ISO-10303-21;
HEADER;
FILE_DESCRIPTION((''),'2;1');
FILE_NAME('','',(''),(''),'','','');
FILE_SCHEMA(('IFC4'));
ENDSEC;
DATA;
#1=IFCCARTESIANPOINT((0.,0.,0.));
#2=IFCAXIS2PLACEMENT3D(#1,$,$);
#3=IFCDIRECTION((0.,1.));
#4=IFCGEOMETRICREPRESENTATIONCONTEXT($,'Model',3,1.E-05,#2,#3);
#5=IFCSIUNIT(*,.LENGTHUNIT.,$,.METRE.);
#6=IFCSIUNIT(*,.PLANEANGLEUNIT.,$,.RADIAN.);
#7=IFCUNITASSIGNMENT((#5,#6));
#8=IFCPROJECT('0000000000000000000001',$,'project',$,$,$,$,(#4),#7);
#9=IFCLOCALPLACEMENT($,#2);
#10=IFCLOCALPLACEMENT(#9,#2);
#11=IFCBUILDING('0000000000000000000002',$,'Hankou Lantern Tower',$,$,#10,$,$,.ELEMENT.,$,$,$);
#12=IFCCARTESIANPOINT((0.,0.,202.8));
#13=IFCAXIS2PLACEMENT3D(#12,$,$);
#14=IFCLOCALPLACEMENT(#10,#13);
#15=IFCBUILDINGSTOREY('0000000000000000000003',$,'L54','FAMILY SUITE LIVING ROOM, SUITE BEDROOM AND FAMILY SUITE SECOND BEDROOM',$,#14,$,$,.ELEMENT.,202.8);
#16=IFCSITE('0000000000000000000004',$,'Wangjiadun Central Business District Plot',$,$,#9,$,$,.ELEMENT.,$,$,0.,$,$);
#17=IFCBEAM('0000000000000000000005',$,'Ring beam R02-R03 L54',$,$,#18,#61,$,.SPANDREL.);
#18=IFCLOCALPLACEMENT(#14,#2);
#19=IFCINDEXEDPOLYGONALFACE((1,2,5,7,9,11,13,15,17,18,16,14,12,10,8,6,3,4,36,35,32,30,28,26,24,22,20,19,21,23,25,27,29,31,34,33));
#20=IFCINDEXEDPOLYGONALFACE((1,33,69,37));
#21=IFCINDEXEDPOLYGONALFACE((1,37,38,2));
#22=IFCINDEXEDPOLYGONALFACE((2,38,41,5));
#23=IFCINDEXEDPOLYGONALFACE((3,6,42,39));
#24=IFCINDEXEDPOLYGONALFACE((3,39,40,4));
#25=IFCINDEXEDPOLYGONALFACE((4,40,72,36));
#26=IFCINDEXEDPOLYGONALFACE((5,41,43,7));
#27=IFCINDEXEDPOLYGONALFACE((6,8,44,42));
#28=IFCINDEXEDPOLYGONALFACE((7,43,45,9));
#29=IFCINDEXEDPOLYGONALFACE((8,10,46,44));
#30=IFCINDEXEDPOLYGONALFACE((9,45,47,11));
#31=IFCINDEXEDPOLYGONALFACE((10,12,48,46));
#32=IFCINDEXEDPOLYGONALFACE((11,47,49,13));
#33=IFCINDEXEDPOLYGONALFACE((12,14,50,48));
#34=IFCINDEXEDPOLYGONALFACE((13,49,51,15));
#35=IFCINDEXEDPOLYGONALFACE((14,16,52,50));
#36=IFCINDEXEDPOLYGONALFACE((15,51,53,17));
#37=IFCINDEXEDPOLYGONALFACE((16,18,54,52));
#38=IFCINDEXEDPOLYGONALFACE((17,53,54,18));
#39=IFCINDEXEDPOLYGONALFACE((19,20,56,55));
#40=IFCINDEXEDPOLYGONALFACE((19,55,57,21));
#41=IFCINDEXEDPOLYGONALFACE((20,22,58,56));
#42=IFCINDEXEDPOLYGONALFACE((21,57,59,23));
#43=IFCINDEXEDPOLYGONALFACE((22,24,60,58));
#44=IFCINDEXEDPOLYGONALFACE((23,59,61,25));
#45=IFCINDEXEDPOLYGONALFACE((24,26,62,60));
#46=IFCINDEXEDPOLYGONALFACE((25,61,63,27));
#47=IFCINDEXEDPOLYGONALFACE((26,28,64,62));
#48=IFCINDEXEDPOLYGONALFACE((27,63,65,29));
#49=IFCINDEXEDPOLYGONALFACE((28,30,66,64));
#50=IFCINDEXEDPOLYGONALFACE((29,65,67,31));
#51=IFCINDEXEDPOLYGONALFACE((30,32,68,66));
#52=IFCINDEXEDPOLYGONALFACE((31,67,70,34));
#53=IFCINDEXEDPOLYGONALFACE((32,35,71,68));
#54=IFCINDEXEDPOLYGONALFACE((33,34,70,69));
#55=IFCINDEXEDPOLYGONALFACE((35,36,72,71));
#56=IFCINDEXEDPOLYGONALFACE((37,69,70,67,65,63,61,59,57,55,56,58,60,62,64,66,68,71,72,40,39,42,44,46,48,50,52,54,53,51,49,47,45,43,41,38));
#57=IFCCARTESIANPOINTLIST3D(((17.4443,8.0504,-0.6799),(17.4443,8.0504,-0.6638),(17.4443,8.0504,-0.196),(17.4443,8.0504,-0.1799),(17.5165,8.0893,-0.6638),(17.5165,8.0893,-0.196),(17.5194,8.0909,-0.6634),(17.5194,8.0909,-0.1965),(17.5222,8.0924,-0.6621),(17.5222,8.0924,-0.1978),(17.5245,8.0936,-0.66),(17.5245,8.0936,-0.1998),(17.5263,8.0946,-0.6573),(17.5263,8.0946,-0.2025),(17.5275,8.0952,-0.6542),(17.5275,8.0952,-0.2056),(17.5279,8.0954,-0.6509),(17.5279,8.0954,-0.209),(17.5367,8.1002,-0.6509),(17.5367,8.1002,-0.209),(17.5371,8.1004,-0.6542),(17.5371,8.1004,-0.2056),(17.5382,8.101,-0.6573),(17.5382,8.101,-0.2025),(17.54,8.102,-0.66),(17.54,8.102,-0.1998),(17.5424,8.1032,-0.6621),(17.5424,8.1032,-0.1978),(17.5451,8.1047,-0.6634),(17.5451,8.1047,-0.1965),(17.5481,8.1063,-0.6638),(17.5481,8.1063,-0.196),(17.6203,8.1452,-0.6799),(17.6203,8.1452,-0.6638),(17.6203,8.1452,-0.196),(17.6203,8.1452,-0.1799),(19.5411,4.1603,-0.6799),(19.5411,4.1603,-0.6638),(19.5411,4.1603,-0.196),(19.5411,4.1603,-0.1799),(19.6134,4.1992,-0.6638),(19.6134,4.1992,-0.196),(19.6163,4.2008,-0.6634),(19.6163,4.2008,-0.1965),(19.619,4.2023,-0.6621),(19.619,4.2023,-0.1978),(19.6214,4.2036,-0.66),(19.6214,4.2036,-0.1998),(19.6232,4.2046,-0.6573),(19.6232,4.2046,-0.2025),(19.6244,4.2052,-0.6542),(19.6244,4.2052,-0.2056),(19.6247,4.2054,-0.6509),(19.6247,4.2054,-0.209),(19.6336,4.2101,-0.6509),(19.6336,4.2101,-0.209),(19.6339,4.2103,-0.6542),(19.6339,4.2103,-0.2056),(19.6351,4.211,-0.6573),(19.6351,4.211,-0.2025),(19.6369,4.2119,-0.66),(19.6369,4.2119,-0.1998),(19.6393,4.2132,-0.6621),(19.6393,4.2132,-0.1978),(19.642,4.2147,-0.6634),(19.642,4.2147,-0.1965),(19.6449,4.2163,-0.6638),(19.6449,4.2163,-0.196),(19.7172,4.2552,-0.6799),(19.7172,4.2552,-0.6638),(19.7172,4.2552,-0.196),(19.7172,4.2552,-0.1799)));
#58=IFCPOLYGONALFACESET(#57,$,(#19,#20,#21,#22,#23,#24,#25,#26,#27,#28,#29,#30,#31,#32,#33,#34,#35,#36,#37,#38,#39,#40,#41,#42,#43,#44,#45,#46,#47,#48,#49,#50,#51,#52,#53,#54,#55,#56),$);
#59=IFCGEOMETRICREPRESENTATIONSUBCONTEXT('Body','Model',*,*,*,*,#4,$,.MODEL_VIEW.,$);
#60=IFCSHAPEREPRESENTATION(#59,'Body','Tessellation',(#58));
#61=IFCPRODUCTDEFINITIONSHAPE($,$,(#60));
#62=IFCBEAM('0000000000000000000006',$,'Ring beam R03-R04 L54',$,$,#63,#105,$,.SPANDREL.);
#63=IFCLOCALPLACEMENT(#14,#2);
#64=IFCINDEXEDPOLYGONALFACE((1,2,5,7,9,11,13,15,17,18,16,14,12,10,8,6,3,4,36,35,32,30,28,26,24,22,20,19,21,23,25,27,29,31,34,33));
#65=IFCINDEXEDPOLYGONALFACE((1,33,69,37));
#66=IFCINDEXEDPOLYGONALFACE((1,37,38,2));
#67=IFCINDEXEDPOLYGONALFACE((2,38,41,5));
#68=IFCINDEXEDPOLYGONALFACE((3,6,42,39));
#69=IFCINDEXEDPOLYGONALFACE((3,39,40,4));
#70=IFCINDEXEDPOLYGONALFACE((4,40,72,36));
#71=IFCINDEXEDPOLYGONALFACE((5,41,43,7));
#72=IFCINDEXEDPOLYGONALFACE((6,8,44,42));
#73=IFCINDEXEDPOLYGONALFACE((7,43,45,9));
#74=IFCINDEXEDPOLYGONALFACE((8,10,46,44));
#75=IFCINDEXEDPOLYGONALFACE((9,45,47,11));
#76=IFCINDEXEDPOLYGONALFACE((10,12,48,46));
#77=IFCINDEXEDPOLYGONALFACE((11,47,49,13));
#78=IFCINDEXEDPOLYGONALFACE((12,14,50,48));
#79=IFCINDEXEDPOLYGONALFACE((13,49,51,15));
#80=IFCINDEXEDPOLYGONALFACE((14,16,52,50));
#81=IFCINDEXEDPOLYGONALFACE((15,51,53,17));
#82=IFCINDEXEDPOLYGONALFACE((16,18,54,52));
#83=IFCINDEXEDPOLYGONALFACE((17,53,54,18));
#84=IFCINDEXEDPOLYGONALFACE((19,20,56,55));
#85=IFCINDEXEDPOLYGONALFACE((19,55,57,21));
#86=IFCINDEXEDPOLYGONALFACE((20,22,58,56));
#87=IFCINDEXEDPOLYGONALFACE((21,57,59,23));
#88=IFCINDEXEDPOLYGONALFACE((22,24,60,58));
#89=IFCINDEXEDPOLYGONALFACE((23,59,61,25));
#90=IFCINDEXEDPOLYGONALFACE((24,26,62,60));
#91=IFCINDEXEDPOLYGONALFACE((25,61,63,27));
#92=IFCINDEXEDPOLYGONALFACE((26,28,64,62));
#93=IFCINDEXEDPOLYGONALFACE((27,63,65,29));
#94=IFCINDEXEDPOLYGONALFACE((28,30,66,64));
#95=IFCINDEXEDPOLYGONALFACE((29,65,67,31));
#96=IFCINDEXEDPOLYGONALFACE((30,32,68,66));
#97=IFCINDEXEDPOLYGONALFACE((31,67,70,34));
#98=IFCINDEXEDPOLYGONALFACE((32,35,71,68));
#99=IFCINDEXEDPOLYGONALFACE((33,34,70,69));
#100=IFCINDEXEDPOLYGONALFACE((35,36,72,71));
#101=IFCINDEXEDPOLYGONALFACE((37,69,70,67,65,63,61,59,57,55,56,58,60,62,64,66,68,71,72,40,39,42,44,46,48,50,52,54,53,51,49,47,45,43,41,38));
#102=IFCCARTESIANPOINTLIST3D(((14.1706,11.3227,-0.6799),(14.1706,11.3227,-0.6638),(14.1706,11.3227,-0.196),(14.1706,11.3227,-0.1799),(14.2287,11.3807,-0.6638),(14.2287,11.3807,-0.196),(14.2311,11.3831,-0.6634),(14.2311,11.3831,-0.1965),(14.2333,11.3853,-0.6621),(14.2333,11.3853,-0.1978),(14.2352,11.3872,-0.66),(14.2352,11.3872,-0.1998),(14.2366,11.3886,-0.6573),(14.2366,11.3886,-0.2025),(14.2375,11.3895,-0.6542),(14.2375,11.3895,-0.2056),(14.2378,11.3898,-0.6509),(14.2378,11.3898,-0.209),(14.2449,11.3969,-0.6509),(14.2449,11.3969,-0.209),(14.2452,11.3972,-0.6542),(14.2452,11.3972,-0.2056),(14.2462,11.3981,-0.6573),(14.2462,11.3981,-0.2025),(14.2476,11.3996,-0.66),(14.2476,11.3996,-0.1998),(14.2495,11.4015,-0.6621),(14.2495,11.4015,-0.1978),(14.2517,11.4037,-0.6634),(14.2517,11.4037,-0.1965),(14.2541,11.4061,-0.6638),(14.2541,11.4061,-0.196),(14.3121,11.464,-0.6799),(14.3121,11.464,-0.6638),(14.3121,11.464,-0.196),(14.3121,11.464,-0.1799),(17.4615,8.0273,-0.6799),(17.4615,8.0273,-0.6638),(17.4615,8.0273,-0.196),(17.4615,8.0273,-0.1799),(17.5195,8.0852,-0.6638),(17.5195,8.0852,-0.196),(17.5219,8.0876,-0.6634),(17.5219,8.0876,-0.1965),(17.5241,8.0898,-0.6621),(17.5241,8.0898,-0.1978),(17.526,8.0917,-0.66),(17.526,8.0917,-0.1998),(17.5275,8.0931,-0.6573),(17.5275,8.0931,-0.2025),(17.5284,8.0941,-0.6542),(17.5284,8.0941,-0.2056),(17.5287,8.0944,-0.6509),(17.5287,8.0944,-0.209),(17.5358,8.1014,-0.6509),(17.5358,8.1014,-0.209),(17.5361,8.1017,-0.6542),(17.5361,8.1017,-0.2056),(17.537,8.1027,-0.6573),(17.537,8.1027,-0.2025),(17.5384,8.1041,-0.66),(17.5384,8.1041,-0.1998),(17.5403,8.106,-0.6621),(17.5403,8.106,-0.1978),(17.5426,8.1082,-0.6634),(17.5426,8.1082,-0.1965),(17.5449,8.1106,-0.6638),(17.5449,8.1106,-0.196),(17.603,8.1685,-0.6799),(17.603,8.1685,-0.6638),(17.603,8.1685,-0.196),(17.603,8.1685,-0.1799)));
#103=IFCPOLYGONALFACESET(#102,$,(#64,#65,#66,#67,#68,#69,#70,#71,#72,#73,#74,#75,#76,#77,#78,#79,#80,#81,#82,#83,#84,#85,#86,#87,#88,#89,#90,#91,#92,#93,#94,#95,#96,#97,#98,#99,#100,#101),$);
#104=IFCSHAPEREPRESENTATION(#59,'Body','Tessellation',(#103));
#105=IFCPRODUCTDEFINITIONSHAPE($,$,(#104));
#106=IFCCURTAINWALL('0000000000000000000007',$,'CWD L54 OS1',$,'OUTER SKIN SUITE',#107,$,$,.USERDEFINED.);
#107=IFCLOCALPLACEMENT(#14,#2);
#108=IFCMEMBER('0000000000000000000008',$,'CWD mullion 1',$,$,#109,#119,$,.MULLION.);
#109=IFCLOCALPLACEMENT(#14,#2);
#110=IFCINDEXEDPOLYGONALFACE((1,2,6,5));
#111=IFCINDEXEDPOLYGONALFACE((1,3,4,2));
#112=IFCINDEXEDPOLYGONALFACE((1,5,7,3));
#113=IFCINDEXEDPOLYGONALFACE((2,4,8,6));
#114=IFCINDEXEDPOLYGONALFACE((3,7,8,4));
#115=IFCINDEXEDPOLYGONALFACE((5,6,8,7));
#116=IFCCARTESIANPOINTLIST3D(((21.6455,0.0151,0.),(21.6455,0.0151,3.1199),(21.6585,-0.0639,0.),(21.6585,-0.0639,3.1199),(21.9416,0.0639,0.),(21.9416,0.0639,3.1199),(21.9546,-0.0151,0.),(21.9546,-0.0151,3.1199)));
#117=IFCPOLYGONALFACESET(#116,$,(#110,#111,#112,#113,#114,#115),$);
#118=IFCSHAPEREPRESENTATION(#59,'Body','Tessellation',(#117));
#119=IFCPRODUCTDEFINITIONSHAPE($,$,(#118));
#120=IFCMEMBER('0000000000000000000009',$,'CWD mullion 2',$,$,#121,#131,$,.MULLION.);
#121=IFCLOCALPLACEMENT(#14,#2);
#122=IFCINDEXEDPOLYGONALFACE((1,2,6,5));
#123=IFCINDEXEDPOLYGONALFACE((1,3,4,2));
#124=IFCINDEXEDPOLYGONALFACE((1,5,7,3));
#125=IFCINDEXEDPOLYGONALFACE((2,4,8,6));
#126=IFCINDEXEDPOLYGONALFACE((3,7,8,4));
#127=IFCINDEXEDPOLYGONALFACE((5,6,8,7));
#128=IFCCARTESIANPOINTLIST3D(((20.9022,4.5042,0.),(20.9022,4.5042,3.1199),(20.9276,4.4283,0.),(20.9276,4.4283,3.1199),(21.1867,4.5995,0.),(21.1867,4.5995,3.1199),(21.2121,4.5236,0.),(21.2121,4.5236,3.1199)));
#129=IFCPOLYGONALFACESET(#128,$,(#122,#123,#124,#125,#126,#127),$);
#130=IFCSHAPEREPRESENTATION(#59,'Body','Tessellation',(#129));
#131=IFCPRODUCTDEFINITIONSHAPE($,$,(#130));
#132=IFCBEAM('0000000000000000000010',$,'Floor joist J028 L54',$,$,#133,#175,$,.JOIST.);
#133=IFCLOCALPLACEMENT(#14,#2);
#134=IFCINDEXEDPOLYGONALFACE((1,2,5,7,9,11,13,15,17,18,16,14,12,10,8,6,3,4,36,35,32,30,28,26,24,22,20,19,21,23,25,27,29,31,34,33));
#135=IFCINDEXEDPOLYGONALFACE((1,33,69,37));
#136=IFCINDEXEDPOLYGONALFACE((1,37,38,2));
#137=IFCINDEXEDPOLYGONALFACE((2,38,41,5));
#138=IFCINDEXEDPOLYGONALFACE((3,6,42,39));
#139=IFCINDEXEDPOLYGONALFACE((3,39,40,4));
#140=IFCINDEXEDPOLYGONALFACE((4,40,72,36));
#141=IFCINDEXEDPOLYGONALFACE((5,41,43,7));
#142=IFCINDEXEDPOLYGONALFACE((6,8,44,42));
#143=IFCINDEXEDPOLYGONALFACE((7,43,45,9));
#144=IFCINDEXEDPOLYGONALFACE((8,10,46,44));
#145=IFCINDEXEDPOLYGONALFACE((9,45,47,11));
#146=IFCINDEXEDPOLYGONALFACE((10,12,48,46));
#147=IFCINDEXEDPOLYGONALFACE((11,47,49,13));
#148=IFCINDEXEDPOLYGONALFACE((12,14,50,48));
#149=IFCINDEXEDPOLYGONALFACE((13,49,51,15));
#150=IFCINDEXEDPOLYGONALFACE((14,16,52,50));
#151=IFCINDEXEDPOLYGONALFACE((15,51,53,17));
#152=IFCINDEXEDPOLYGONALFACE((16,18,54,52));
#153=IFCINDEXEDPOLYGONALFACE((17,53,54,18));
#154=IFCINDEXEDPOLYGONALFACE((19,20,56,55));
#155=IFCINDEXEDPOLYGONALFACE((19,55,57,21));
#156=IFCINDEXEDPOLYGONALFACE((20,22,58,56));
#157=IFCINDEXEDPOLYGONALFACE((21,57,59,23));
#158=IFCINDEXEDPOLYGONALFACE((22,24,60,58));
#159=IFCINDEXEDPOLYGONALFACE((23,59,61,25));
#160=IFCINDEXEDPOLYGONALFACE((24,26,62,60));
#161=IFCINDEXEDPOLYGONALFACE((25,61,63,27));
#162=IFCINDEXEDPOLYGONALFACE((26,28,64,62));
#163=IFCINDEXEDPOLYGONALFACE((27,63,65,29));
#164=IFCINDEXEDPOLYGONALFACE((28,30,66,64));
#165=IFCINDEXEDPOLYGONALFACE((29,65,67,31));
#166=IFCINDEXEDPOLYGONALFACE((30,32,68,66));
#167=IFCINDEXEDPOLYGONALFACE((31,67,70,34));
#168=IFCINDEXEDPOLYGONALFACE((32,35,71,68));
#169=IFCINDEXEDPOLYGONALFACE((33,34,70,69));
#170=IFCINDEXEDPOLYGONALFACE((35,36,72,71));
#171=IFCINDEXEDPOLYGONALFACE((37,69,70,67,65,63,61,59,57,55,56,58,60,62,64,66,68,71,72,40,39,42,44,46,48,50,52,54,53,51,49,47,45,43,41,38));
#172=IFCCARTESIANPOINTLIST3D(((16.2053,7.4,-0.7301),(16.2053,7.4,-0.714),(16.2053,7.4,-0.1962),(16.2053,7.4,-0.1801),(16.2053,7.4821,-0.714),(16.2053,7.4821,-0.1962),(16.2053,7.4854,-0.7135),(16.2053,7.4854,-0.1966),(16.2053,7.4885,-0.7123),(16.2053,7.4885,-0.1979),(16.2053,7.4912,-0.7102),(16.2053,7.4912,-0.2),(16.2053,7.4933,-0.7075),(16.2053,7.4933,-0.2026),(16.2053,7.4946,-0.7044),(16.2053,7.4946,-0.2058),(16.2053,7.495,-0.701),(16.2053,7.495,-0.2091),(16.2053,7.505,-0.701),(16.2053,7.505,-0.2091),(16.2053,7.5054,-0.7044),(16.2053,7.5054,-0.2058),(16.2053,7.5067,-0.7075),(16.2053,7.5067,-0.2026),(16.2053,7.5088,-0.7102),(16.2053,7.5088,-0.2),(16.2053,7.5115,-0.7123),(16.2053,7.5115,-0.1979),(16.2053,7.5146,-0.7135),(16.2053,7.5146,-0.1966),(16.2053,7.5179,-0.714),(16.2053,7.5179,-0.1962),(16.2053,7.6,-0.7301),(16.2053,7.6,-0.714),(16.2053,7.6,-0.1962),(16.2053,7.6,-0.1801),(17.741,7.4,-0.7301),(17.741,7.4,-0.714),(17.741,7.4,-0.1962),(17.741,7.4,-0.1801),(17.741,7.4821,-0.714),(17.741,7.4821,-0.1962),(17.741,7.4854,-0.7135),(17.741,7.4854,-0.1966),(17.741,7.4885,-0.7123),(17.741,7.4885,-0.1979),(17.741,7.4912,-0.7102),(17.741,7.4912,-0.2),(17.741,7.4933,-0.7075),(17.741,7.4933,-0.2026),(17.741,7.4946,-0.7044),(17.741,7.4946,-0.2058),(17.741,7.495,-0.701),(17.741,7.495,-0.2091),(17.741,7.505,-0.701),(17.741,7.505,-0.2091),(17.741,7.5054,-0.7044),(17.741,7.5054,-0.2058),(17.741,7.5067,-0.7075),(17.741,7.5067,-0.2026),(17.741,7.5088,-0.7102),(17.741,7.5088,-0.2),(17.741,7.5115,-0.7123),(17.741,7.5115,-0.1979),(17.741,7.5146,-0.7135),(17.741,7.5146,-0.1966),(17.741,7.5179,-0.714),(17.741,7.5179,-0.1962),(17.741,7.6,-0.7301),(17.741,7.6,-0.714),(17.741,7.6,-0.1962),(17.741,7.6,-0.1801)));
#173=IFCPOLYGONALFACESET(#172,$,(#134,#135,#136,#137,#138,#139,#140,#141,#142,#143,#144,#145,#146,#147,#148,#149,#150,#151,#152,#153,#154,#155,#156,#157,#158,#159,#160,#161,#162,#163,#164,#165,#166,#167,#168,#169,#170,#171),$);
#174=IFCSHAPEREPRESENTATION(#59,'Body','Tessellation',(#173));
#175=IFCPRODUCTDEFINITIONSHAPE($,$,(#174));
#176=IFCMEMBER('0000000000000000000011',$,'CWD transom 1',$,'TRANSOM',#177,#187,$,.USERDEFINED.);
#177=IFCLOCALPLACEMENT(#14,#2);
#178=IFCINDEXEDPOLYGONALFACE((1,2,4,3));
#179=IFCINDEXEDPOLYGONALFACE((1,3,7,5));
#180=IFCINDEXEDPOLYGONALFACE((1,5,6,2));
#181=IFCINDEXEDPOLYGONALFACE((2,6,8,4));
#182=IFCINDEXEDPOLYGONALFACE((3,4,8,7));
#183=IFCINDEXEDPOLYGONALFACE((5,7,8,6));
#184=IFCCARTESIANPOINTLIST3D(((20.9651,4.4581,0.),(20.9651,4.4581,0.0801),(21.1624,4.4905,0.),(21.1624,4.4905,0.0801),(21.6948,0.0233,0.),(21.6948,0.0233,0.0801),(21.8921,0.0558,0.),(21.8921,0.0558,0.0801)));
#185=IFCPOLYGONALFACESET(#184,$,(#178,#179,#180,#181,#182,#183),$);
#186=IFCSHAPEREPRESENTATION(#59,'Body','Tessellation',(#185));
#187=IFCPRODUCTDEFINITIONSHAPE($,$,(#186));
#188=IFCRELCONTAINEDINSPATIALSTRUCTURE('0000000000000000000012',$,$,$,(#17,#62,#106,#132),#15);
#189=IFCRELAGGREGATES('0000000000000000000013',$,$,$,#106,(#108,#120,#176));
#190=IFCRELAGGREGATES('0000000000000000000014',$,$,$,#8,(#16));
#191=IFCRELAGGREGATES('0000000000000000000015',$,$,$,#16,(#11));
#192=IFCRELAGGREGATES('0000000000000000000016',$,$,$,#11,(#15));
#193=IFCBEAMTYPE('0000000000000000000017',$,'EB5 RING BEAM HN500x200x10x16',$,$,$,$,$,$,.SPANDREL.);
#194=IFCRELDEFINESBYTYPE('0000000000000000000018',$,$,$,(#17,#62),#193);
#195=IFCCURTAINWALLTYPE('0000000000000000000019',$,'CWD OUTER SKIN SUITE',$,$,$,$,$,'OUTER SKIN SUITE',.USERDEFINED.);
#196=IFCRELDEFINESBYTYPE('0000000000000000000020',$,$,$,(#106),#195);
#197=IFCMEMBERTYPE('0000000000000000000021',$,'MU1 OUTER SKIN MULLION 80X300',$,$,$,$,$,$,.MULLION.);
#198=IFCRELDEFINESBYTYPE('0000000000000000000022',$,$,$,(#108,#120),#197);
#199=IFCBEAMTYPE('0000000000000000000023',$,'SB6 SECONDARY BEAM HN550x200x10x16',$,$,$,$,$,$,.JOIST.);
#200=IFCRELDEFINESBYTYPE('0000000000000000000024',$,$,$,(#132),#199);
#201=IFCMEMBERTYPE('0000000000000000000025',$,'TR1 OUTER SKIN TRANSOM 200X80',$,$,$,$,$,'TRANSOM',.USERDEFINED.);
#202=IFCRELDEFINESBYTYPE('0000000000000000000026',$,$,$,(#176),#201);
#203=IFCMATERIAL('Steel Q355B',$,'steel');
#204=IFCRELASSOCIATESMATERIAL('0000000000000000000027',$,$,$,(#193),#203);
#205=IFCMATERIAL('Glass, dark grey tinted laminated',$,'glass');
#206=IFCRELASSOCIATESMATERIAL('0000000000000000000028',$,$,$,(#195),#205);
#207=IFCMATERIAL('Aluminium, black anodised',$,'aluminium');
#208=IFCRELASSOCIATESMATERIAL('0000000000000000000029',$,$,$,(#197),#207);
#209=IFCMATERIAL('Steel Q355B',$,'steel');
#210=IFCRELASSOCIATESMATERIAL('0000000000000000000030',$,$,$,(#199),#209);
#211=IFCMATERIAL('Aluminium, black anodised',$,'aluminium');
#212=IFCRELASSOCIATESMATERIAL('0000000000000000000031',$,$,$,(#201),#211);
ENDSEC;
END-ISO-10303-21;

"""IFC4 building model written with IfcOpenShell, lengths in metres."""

from ifc_helpers import new_model, si_unit, direction, frame, origin, origin_2d, place, context, subcontext, project, spatial, rectangle, i_section, extrude, material, material_profile, profile_set, type_object, element, aggregate, save


model = new_model("IFC4")

# Units and contexts
model_context = context("Model", 3, precision=1e-05, world=origin(), true_north=direction((0.0, 1.0)))
body_context = subcontext(model_context, "Body", "Model", "MODEL_VIEW")
ifc_project = project(units=[si_unit("LENGTHUNIT", "METRE"), si_unit("PLANEANGLEUNIT", "RADIAN")], contexts=[model_context])

# Site, building, storey
site_placement = place(None, origin())
site = spatial("IfcSite", under=ifc_project, at=site_placement, Name="Wangjiadun Central Business District Plot", CompositionType="ELEMENT", RefElevation=0.0)
building_placement = place(site_placement, origin())
building = spatial("IfcBuilding", under=site, at=building_placement, Name="Hankou Lantern Tower", CompositionType="ELEMENT")
storey_placement = place(building_placement, frame((0.0, 0.0, 202.8)))
storey = spatial("IfcBuildingStorey", under=building, at=storey_placement, Name="L54", Description="FAMILY SUITE LIVING ROOM, SUITE BEDROOM AND FAMILY SUITE SECOND BEDROOM", CompositionType="ELEMENT", Elevation=202.8)

# Beams
ifc_material_1 = material(Name="Steel Q355B", Category="steel")
ifc_material_profile_1 = material_profile(ifc_material_1, i_section(OverallWidth=0.2, OverallDepth=0.5, WebThickness=0.01, FlangeThickness=0.0161, FilletRadius=0.0129, at=origin_2d()), Name="HN500x200x10x16")
ifc_profile_set_1 = profile_set([ifc_material_profile_1], Name="Steel Q355B")
beam_type_1 = type_object("IfcBeamType", Name="EB5 RING BEAM HN500x200x10x16", PredefinedType="SPANDREL", material=ifc_profile_set_1)
beam_1_placement = place(storey_placement, frame((19.6292, 4.2078, -0.4299), z_axis=(-0.474492, 0.88026, 0.0), x_axis=(-0.88026, -0.474492, 0.0)))
element("IfcBeam", 1, at=beam_1_placement, inside=storey, type_object=beam_type_1, Name="Ring beam R02-R03 L54", PredefinedType="SPANDREL", context=body_context, shape_type="SweptSolid", body=[
    extrude(i_section(OverallWidth=0.2, OverallDepth=0.5, WebThickness=0.01, FlangeThickness=0.0161, FilletRadius=0.0129, at=origin_2d()), origin(), (0.0, 0.0, 1.0), 4.4192),
])
beam_2_placement = place(storey_placement, frame((17.5322, 8.0979, -0.4299), z_axis=(-0.706609, 0.707605, 0.0), x_axis=(-0.707605, -0.706609, 0.0)))
element("IfcBeam", 2, at=beam_2_placement, inside=storey, type_object=beam_type_1, Name="Ring beam R03-R04 L54", PredefinedType="SPANDREL", context=body_context, shape_type="SweptSolid", body=[
    extrude(i_section(OverallWidth=0.2, OverallDepth=0.5, WebThickness=0.01, FlangeThickness=0.0161, FilletRadius=0.0129, at=origin_2d()), origin(), (0.0, 0.0, 1.0), 4.6572),
])

# Curtain wall, members
ifc_material_2 = material(Name="Glass, dark grey tinted laminated", Category="glass")
curtain_wall_type = type_object("IfcCurtainWallType", Name="CWD OUTER SKIN SUITE", ElementType="OUTER SKIN SUITE", PredefinedType="USERDEFINED", material=ifc_material_2)
curtain_wall_placement = place(storey_placement, origin())
curtain_wall = element("IfcCurtainWall", 3, at=curtain_wall_placement, inside=storey, type_object=curtain_wall_type, Name="CWD L54 OS1", ObjectType="OUTER SKIN SUITE", PredefinedType="USERDEFINED")
ifc_material_3 = material(Name="Aluminium, black anodised", Category="aluminium")
ifc_material_profile_2 = material_profile(ifc_material_3, rectangle(XDim=0.0801, YDim=0.3, at=origin_2d()), Name="MU1 80X300")
ifc_profile_set_2 = profile_set([ifc_material_profile_2], Name="Aluminium, black anodised")
member_type_1 = type_object("IfcMemberType", Name="MU1 OUTER SKIN MULLION 80X300", PredefinedType="MULLION", material=ifc_profile_set_2)
member_1_placement = place(storey_placement, frame((21.8, 0.0, 0.0), z_axis=(0.0, 0.0, 1.0), x_axis=(-0.162382, 0.986728, 0.0)))
member_1 = element("IfcMember", 4, at=member_1_placement, type_object=member_type_1, Name="CWD mullion 1", PredefinedType="MULLION", context=body_context, shape_type="SweptSolid", body=[
    extrude(rectangle(XDim=0.0801, YDim=0.3, at=origin_2d()), origin(), (0.0, 0.0, 1.0), 3.1199),
])
member_2_placement = place(storey_placement, frame((21.0571, 4.5139, 0.0), z_axis=(0.0, 0.0, 1.0), x_axis=(-0.317596, 0.948226, 0.0)))
member_2 = element("IfcMember", 5, at=member_2_placement, type_object=member_type_1, Name="CWD mullion 2", PredefinedType="MULLION", context=body_context, shape_type="SweptSolid", body=[
    extrude(rectangle(XDim=0.0801, YDim=0.3, at=origin_2d()), origin(), (0.0, 0.0, 1.0), 3.1199),
])

# Beam
ifc_material_4 = material(Name="Steel Q355B", Category="steel")
ifc_material_profile_3 = material_profile(ifc_material_4, i_section(OverallWidth=0.2, OverallDepth=0.55, WebThickness=0.01, FlangeThickness=0.0161, FilletRadius=0.0129, at=origin_2d()), Name="HN550x200x10x16")
ifc_profile_set_3 = profile_set([ifc_material_profile_3], Name="Steel Q355B")
beam_type_2 = type_object("IfcBeamType", Name="SB6 SECONDARY BEAM HN550x200x10x16", PredefinedType="JOIST", material=ifc_profile_set_3)
beam_3_placement = place(storey_placement, frame((16.2053, 7.5, -0.4551), z_axis=(1.0, 0.0, 0.0), x_axis=(0.0, 1.0, 0.0)))
element("IfcBeam", 6, at=beam_3_placement, inside=storey, type_object=beam_type_2, Name="Floor joist J028 L54", PredefinedType="JOIST", context=body_context, shape_type="SweptSolid", body=[
    extrude(i_section(OverallWidth=0.2, OverallDepth=0.55, WebThickness=0.01, FlangeThickness=0.0161, FilletRadius=0.0129, at=origin_2d()), origin(), (0.0, 0.0, 1.0), 1.5356),
])

# Member
ifc_material_5 = material(Name="Aluminium, black anodised", Category="aluminium")
ifc_material_profile_4 = material_profile(ifc_material_5, rectangle(XDim=0.2, YDim=0.0801, at=origin_2d()), Name="TR1 200X80")
ifc_profile_set_4 = profile_set([ifc_material_profile_4], Name="Aluminium, black anodised")
member_type_2 = type_object("IfcMemberType", Name="TR1 OUTER SKIN TRANSOM 200X80", ElementType="TRANSOM", PredefinedType="USERDEFINED", material=ifc_profile_set_4)
member_3_placement = place(storey_placement, frame((21.7935, 0.0396, 0.04), z_axis=(-0.162364, 0.986731, 0.0), x_axis=(-0.986731, -0.162364, 0.0)))
member_3 = element("IfcMember", 7, at=member_3_placement, type_object=member_type_2, Name="CWD transom 1", ObjectType="TRANSOM", PredefinedType="USERDEFINED", context=body_context, shape_type="SweptSolid", body=[
    extrude(rectangle(XDim=0.2, YDim=0.0801, at=origin_2d()), origin(), (0.0, 0.0, 1.0), 4.4944),
])

aggregate(curtain_wall, [member_1, member_2, member_3])

save(model, "model.ifc")
